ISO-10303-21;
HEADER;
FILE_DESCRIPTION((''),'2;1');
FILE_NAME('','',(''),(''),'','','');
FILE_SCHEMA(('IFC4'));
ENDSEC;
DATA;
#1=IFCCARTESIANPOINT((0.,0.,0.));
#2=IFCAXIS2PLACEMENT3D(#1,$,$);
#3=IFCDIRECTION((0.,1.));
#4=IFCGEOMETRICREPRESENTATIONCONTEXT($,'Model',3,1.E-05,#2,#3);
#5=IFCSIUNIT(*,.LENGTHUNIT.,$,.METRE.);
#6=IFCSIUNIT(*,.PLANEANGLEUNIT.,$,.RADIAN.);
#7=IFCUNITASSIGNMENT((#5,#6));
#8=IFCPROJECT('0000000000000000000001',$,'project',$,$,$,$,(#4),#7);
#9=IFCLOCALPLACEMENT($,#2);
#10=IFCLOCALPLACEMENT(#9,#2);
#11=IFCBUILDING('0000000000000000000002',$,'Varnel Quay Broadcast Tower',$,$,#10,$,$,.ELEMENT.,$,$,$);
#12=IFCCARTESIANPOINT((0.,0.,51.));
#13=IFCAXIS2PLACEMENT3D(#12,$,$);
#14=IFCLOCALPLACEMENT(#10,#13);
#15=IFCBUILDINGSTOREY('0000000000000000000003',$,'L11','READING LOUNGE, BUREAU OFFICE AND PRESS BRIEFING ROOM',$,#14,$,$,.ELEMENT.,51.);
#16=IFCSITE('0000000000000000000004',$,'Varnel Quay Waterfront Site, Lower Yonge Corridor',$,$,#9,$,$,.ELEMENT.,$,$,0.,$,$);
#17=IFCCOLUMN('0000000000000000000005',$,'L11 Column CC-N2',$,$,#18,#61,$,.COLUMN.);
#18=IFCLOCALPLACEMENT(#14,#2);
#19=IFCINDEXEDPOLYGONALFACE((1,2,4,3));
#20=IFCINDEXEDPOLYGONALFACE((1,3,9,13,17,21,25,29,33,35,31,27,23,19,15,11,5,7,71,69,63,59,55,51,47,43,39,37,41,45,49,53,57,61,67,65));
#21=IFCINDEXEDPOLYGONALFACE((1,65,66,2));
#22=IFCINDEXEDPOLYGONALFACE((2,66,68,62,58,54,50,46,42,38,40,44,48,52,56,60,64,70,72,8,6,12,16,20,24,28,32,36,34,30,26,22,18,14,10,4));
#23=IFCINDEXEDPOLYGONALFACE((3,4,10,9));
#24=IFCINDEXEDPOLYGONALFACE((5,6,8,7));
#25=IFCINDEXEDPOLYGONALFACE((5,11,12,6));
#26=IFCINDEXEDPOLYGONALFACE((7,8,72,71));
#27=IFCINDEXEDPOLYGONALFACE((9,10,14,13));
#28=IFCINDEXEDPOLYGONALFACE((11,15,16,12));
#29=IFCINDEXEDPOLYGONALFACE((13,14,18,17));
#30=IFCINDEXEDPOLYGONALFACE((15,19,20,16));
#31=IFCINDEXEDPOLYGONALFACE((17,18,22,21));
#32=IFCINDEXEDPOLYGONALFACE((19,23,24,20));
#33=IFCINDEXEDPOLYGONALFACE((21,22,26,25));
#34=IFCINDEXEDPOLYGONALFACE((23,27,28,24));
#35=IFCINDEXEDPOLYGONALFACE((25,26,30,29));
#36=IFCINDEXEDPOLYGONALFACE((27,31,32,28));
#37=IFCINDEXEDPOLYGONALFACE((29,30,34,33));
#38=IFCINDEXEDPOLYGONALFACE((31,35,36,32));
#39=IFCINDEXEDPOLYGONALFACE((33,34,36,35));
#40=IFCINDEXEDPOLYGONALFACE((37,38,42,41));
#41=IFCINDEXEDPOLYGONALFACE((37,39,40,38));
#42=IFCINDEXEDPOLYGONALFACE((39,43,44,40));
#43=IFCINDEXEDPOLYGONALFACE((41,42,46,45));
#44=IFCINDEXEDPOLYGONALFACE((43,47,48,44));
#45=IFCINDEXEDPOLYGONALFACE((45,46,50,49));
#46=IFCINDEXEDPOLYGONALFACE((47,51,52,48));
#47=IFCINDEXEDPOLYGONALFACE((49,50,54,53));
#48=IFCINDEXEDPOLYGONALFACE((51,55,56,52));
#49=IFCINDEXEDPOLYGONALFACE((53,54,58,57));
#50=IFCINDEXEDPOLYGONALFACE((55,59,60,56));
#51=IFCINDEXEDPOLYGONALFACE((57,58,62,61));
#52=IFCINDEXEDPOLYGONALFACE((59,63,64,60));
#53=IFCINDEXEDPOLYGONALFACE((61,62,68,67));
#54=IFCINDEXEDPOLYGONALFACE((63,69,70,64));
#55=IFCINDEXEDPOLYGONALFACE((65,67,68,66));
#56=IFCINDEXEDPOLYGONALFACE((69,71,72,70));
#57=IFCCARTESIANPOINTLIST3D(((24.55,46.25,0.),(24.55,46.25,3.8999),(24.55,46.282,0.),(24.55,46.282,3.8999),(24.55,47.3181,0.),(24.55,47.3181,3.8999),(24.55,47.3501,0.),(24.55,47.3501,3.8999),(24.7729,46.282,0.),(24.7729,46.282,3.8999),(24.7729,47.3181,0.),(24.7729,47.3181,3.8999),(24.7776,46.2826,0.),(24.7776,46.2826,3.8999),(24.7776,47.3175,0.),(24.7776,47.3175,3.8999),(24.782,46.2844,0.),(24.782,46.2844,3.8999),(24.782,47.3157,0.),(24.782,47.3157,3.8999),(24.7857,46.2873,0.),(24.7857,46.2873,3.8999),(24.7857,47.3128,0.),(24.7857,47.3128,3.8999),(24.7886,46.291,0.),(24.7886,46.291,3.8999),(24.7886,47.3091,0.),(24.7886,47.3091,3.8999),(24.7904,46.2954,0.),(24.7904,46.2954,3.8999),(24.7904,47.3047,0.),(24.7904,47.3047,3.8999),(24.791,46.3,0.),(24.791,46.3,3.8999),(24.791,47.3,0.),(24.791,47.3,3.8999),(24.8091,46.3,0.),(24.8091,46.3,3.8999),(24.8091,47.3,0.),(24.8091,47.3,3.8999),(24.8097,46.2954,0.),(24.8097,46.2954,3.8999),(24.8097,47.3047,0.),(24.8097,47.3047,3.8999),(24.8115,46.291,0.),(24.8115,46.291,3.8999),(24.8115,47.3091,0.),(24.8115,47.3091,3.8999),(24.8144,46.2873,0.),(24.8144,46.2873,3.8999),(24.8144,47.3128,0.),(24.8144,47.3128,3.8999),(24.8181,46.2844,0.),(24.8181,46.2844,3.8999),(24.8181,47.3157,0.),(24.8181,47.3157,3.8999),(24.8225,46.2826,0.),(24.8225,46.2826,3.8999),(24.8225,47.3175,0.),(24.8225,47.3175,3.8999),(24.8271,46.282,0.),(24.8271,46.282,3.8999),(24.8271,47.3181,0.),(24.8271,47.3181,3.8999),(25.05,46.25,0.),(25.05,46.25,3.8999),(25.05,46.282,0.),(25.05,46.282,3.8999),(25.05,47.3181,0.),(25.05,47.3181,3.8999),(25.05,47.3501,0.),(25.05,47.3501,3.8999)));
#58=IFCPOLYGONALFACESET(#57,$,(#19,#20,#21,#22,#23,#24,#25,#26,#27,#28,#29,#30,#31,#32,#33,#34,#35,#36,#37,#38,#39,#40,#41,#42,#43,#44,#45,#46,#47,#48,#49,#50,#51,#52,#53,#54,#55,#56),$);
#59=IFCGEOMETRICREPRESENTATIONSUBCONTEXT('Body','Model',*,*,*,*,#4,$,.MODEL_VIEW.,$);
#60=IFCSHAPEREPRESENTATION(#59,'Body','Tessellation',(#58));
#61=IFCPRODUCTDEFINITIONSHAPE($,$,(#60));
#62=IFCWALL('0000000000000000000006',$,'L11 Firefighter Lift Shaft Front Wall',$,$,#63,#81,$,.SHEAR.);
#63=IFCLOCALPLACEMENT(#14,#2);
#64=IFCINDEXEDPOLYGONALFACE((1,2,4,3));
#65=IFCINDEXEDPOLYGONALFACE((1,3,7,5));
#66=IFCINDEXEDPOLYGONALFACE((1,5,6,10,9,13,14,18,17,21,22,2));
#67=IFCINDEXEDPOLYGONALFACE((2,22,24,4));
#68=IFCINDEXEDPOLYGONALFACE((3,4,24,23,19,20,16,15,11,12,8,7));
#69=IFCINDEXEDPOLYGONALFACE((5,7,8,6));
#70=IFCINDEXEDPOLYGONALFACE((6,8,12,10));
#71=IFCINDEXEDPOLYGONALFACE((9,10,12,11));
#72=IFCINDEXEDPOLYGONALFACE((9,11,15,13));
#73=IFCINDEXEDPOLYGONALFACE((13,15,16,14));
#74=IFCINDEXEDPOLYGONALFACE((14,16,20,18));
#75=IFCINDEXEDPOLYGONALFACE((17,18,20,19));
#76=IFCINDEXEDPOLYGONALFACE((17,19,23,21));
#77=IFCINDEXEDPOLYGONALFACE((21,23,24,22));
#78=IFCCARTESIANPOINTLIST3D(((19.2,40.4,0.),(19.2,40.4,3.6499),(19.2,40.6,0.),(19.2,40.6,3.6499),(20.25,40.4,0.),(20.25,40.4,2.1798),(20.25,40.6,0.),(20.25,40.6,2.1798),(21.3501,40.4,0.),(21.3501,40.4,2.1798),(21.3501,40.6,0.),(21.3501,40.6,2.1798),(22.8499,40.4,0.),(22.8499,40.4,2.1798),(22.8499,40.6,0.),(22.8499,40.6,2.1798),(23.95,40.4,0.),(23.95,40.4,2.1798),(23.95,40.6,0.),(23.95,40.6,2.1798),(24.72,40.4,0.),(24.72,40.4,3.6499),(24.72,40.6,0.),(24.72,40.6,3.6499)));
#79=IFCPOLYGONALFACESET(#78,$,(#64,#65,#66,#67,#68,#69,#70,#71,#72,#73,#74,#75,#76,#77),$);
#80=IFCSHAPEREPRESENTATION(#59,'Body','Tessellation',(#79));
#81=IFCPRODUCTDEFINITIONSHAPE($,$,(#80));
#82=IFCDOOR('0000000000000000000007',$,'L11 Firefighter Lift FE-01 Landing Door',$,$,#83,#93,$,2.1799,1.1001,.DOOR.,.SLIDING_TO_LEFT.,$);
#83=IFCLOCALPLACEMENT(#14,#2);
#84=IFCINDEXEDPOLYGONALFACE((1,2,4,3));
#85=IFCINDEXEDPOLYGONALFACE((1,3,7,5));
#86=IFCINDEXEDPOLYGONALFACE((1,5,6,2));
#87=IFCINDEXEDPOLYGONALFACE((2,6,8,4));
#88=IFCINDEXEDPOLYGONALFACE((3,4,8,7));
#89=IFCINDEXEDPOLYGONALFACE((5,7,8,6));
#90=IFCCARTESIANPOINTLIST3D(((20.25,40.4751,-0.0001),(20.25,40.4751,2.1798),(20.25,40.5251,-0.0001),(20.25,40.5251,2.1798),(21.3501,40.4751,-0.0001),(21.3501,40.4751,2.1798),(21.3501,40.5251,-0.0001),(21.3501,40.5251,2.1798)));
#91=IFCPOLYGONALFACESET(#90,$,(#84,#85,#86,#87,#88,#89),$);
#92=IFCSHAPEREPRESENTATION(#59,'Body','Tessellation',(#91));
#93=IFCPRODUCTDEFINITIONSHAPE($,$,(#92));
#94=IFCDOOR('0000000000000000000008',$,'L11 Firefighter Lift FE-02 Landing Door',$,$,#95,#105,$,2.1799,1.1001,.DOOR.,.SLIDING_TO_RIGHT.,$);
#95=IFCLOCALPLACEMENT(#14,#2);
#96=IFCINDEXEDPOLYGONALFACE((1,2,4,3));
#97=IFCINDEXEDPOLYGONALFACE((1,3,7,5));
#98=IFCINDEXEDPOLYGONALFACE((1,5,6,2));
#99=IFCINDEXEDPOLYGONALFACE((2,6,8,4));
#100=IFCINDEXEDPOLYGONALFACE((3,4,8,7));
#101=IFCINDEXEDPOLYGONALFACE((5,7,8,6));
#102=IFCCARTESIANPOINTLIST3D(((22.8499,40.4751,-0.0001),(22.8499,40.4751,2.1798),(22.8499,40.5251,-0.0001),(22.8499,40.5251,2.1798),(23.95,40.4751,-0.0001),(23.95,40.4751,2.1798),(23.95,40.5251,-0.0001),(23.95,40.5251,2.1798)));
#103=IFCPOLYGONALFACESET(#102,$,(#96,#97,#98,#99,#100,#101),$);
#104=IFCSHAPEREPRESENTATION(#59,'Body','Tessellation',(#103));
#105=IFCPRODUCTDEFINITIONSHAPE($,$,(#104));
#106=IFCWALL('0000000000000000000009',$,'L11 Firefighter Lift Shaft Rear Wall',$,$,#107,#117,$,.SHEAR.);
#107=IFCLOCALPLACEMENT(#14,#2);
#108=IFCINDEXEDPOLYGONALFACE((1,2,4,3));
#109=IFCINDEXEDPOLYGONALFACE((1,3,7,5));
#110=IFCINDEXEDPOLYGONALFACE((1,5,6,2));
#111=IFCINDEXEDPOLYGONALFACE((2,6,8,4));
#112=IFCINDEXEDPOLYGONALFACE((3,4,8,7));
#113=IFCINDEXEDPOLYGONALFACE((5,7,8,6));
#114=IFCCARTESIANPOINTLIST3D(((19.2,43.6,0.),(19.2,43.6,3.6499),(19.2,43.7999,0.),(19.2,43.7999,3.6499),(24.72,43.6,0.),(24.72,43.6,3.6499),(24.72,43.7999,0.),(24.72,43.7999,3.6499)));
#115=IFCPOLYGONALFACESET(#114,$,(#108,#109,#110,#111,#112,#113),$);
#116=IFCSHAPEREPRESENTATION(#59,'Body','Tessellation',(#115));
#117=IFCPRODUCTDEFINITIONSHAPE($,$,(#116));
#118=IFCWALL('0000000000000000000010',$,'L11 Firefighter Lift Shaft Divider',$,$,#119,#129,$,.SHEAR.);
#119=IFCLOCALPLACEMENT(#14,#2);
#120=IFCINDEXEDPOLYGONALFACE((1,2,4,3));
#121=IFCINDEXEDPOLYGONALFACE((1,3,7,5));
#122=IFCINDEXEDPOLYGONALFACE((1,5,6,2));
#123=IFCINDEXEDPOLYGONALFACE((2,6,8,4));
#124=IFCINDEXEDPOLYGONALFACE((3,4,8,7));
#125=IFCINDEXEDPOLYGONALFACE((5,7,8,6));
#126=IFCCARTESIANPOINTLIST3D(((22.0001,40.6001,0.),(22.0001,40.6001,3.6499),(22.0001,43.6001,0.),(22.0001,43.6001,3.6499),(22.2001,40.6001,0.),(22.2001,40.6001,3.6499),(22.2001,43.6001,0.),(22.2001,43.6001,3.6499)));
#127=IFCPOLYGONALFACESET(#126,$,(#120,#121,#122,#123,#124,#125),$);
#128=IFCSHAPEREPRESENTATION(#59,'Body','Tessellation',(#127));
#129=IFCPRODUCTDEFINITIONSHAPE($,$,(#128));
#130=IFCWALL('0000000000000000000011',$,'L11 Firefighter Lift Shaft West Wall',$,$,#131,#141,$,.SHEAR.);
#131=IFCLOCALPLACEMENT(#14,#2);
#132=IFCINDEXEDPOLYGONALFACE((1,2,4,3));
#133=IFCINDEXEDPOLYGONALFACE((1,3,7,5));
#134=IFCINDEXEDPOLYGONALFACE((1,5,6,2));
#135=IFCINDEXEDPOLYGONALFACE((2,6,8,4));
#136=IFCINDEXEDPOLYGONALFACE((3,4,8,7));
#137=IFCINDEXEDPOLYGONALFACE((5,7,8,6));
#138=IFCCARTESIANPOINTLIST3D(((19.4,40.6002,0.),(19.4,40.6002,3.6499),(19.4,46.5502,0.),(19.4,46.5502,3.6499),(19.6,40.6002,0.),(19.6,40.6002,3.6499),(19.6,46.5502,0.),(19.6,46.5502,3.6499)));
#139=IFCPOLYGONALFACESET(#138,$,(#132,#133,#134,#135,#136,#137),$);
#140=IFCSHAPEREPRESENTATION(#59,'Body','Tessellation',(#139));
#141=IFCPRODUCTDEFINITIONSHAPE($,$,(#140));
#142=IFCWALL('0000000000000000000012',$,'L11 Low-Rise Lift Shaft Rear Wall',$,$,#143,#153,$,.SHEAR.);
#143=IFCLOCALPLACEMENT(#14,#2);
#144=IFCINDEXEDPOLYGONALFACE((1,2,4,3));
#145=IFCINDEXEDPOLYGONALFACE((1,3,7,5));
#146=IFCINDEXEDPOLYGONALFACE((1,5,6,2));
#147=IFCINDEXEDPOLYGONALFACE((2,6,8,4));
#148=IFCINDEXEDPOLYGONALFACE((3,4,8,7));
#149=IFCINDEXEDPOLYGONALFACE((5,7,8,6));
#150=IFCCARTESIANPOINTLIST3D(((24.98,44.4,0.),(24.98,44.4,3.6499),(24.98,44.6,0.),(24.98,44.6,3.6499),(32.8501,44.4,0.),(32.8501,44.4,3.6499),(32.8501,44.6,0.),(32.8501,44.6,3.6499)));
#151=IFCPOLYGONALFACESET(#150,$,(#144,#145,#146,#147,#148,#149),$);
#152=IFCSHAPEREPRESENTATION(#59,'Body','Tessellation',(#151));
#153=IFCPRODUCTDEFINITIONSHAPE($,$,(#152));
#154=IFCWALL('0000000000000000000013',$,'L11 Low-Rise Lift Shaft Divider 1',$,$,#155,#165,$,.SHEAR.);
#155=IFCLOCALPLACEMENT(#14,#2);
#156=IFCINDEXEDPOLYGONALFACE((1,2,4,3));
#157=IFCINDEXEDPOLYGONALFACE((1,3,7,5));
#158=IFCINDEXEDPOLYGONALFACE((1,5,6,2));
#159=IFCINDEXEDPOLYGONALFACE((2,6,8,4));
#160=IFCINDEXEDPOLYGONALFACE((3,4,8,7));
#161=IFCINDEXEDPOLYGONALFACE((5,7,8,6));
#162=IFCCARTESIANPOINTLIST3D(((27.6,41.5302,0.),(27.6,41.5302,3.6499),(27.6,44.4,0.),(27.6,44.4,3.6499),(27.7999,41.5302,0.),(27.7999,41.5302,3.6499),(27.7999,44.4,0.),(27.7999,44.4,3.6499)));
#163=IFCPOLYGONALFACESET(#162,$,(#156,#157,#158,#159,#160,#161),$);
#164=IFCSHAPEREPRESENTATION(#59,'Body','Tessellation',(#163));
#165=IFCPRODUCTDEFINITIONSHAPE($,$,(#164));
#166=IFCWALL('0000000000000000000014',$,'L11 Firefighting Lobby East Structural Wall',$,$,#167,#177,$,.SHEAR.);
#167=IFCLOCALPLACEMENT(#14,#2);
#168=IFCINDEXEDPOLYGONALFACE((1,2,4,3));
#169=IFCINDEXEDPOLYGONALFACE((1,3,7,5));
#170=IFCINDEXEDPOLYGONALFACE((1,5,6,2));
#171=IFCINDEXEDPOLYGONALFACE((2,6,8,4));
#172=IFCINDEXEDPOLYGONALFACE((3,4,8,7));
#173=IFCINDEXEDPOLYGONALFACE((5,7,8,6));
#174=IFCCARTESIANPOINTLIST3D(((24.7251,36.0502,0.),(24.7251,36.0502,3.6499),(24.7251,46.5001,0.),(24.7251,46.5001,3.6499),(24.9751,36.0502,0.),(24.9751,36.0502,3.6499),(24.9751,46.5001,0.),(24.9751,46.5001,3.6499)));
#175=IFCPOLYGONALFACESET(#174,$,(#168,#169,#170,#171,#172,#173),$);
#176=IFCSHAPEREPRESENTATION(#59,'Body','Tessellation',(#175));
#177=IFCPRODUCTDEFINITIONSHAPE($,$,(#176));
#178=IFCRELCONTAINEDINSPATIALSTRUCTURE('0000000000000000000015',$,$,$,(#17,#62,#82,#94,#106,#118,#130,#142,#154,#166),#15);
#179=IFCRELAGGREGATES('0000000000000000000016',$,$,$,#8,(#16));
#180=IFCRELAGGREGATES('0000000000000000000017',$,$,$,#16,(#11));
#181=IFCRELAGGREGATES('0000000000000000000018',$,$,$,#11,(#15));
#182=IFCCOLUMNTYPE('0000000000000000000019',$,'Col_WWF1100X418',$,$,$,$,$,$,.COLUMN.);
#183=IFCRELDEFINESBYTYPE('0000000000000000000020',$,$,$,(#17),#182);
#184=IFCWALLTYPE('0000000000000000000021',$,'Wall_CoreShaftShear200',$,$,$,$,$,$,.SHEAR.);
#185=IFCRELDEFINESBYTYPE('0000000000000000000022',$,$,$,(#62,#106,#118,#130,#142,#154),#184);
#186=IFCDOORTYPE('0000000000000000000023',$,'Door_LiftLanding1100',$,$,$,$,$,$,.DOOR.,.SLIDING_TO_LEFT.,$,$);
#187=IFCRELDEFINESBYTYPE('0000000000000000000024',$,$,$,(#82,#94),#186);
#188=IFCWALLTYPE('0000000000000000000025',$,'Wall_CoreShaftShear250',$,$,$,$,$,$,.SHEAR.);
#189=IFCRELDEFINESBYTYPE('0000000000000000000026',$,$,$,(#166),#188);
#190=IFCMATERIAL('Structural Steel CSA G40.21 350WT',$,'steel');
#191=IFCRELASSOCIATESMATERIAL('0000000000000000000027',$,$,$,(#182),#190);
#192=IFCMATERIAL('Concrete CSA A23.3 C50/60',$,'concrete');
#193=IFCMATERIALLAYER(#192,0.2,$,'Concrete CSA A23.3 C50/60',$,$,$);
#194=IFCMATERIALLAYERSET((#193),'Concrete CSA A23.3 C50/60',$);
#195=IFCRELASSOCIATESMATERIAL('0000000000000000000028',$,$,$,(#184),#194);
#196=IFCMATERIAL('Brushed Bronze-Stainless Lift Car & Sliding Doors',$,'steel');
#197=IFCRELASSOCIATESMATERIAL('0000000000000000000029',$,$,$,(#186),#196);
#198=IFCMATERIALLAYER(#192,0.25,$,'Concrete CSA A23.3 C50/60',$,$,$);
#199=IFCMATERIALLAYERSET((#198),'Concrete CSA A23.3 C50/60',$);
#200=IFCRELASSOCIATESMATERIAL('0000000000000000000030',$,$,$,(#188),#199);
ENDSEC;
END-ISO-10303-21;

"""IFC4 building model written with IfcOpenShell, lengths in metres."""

from ifc_helpers import new_model, si_unit, direction, frame, frame_2d, origin, origin_2d, place, context, subcontext, project, spatial, rectangle, i_section, extrude, source, transform, mapped, material, layer, layer_set, material_profile, profile_set, type_object, type_shapes, element, fill, save


model = new_model("IFC4")

# Units and contexts
model_context = context("Model", 3, precision=1e-05, world=origin(), true_north=direction((0.0, 1.0)))
body_context = subcontext(model_context, "Body", "Model", "MODEL_VIEW")
ifc_project = project(units=[si_unit("LENGTHUNIT", "METRE"), si_unit("PLANEANGLEUNIT", "RADIAN")], contexts=[model_context])

# Site, building, storey
site_placement = place(None, origin())
site = spatial("IfcSite", under=ifc_project, at=site_placement, Name="Varnel Quay Waterfront Site, Lower Yonge Corridor", CompositionType="ELEMENT", RefElevation=0.0)
building_placement = place(site_placement, origin())
building = spatial("IfcBuilding", under=site, at=building_placement, Name="Varnel Quay Broadcast Tower", CompositionType="ELEMENT")
storey_placement = place(building_placement, frame((0.0, 0.0, 51.0)))
storey = spatial("IfcBuildingStorey", under=building, at=storey_placement, Name="L11", Description="READING LOUNGE, BUREAU OFFICE AND PRESS BRIEFING ROOM", CompositionType="ELEMENT", Elevation=51.0)

# Column
ifc_material_1 = material(Name="Structural Steel CSA G40.21 350WT", Category="steel")
ifc_material_profile = material_profile(ifc_material_1, i_section(OverallWidth=0.5, OverallDepth=1.1001, WebThickness=0.0181, FlangeThickness=0.032, FilletRadius=0.0181, at=origin_2d()), Name="WWF1100X418")
ifc_profile_set = profile_set([ifc_material_profile], Name="Structural Steel CSA G40.21 350WT")
column_type = type_object("IfcColumnType", Name="Col_WWF1100X418", PredefinedType="COLUMN", material=ifc_profile_set)
shared_shape_1 = source(origin(), body_context, "Body", "SweptSolid", [
    extrude(i_section(OverallWidth=0.5, OverallDepth=1.1001, WebThickness=0.0181, FlangeThickness=0.032, FilletRadius=0.0181, at=origin_2d()), origin(), (0.0, 0.0, 1.0), 3.8999),
])
type_shapes(column_type, [shared_shape_1])
column_placement = place(storey_placement, frame((24.8, 46.8, 0.0), z_axis=(0.0, 0.0, 1.0), x_axis=(1.0, 0.0, 0.0)))
element("IfcColumn", 1, at=column_placement, inside=storey, type_object=column_type, Name="L11 Column CC-N2", PredefinedType="COLUMN", context=body_context, shape_type="MappedRepresentation", body=[
    mapped(shared_shape_1, transform((0.0, 0.0, 0.0), x_axis=(1.0, 0.0, 0.0), y_axis=(0.0, 1.0, 0.0), z_axis=(0.0, 0.0, 1.0), scale=1.0)),
])

# Wall, openings, doors
ifc_material_2 = material(Name="Concrete CSA A23.3 C50/60", Category="concrete")
ifc_layer_1 = layer(ifc_material_2, 0.2, Name="Concrete CSA A23.3 C50/60")
ifc_layer_set_1 = layer_set([ifc_layer_1], Name="Concrete CSA A23.3 C50/60")
wall_type_1 = type_object("IfcWallType", Name="Wall_CoreShaftShear200", PredefinedType="SHEAR", material=ifc_layer_set_1)
wall_1_placement = place(storey_placement, frame((19.2, 40.5, 0.0), z_axis=(0.0, 0.0, 1.0), x_axis=(1.0, 0.0, 0.0)))
wall_1 = element("IfcWall", 2, at=wall_1_placement, inside=storey, type_object=wall_type_1, Name="L11 Firefighter Lift Shaft Front Wall", PredefinedType="SHEAR", context=body_context, shape_type="SweptSolid", body=[
    extrude(rectangle(XDim=5.52, YDim=0.2, at=frame_2d((2.76, 0.0))), origin(), (0.0, 0.0, 1.0), 3.6499),
])
opening_1_placement = place(wall_1_placement, frame((1.05, 0.0, 0.0)))
opening_1 = element("IfcOpeningElement", 3, at=opening_1_placement, cuts=wall_1, PredefinedType="OPENING", context=body_context, shape_type="SweptSolid", body=[
    extrude(rectangle(XDim=1.1001, YDim=2.1799, at=frame_2d((0.55, 1.0898))), frame((0.0, 0.1099, 0.0), z_axis=(0.0, -1.0, 0.0), x_axis=(1.0, 0.0, 0.0)), (0.0, 0.0, 1.0), 0.22),
])
opening_2_placement = place(wall_1_placement, frame((3.6499, 0.0, 0.0)))
opening_2 = element("IfcOpeningElement", 4, at=opening_2_placement, cuts=wall_1, PredefinedType="OPENING", context=body_context, shape_type="SweptSolid", body=[
    extrude(rectangle(XDim=1.1001, YDim=2.1799, at=frame_2d((0.55, 1.0898))), frame((0.0, 0.1099, 0.0), z_axis=(0.0, -1.0, 0.0), x_axis=(1.0, 0.0, 0.0)), (0.0, 0.0, 1.0), 0.22),
])
ifc_material_3 = material(Name="Brushed Bronze-Stainless Lift Car & Sliding Doors", Category="steel")
door_type = type_object("IfcDoorType", Name="Door_LiftLanding1100", OperationType="SLIDING_TO_LEFT", PredefinedType="DOOR", material=ifc_material_3)
shared_shape_2 = source(origin(), body_context, "Body", "SweptSolid", [
    extrude(rectangle(XDim=1.1001, YDim=2.1799, at=frame_2d((0.55, 1.0898))), frame((0.0, 0.0249, 0.0), z_axis=(0.0, -1.0, 0.0), x_axis=(1.0, 0.0, 0.0)), (0.0, 0.0, 1.0), 0.05),
])
type_shapes(door_type, [shared_shape_2])
door_1_placement = place(opening_1_placement, frame((1.1001, 0.0, 0.0), z_axis=(0.0, 0.0, 1.0), x_axis=(-1.0, 0.0, 0.0)))
door_1 = element("IfcDoor", 5, at=door_1_placement, inside=storey, type_object=door_type, Name="L11 Firefighter Lift FE-01 Landing Door", OperationType="SLIDING_TO_LEFT", OverallHeight=2.1799, OverallWidth=1.1001, PredefinedType="DOOR", context=body_context, shape_type="MappedRepresentation", body=[
    mapped(shared_shape_2, transform((0.0, 0.0, 0.0), x_axis=(1.0, 0.0, 0.0), y_axis=(0.0, 1.0, 0.0), z_axis=(0.0, 0.0, 1.0), scale=1.0)),
])
fill(opening_1, door_1)
door_2_placement = place(opening_2_placement, frame((1.1001, 0.0, 0.0), z_axis=(0.0, 0.0, 1.0), x_axis=(-1.0, 0.0, 0.0)))
door_2 = element("IfcDoor", 6, at=door_2_placement, inside=storey, type_object=door_type, Name="L11 Firefighter Lift FE-02 Landing Door", OperationType="SLIDING_TO_RIGHT", OverallHeight=2.1799, OverallWidth=1.1001, PredefinedType="DOOR", context=body_context, shape_type="MappedRepresentation", body=[
    mapped(shared_shape_2, transform((0.0, 0.0, 0.0), x_axis=(1.0, 0.0, 0.0), y_axis=(0.0, 1.0, 0.0), z_axis=(0.0, 0.0, 1.0), scale=1.0)),
])
fill(opening_2, door_2)

# Walls
wall_2_placement = place(storey_placement, frame((19.2, 43.7, 0.0), z_axis=(0.0, 0.0, 1.0), x_axis=(1.0, 0.0, 0.0)))
element("IfcWall", 7, at=wall_2_placement, inside=storey, type_object=wall_type_1, Name="L11 Firefighter Lift Shaft Rear Wall", PredefinedType="SHEAR", context=body_context, shape_type="SweptSolid", body=[
    extrude(rectangle(XDim=5.52, YDim=0.2, at=frame_2d((2.76, 0.0))), origin(), (0.0, 0.0, 1.0), 3.6499),
])
wall_3_placement = place(storey_placement, frame((22.1001, 40.6001, 0.0), z_axis=(0.0, 0.0, 1.0), x_axis=(0.0, 1.0, 0.0)))
element("IfcWall", 8, at=wall_3_placement, inside=storey, type_object=wall_type_1, Name="L11 Firefighter Lift Shaft Divider", PredefinedType="SHEAR", context=body_context, shape_type="SweptSolid", body=[
    extrude(rectangle(XDim=3.0, YDim=0.2, at=frame_2d((1.5, 0.0))), origin(), (0.0, 0.0, 1.0), 3.6499),
])
wall_4_placement = place(storey_placement, frame((19.5, 40.6001, 0.0), z_axis=(0.0, 0.0, 1.0), x_axis=(0.0, 1.0, 0.0)))
element("IfcWall", 9, at=wall_4_placement, inside=storey, type_object=wall_type_1, Name="L11 Firefighter Lift Shaft West Wall", PredefinedType="SHEAR", context=body_context, shape_type="SweptSolid", body=[
    extrude(rectangle(XDim=5.95, YDim=0.2, at=frame_2d((2.9751, 0.0))), origin(), (0.0, 0.0, 1.0), 3.6499),
])
wall_5_placement = place(storey_placement, frame((24.98, 44.5, 0.0), z_axis=(0.0, 0.0, 1.0), x_axis=(1.0, 0.0, 0.0)))
element("IfcWall", 10, at=wall_5_placement, inside=storey, type_object=wall_type_1, Name="L11 Low-Rise Lift Shaft Rear Wall", PredefinedType="SHEAR", context=body_context, shape_type="SweptSolid", body=[
    extrude(rectangle(XDim=7.8701, YDim=0.2, at=frame_2d((3.9351, 0.0))), origin(), (0.0, 0.0, 1.0), 3.6499),
])
wall_6_placement = place(storey_placement, frame((27.7, 41.53, 0.0), z_axis=(0.0, 0.0, 1.0), x_axis=(0.0, 1.0, 0.0)))
element("IfcWall", 11, at=wall_6_placement, inside=storey, type_object=wall_type_1, Name="L11 Low-Rise Lift Shaft Divider 1", PredefinedType="SHEAR", context=body_context, shape_type="SweptSolid", body=[
    extrude(rectangle(XDim=2.8699, YDim=0.2, at=frame_2d((1.4351, 0.0))), origin(), (0.0, 0.0, 1.0), 3.6499),
])
ifc_layer_2 = layer(ifc_material_2, 0.25, Name="Concrete CSA A23.3 C50/60")
ifc_layer_set_2 = layer_set([ifc_layer_2], Name="Concrete CSA A23.3 C50/60")
wall_type_2 = type_object("IfcWallType", Name="Wall_CoreShaftShear250", PredefinedType="SHEAR", material=ifc_layer_set_2)
wall_7_placement = place(storey_placement, frame((24.8501, 36.05, 0.0), z_axis=(0.0, 0.0, 1.0), x_axis=(0.0, 1.0, 0.0)))
element("IfcWall", 12, at=wall_7_placement, inside=storey, type_object=wall_type_2, Name="L11 Firefighting Lobby East Structural Wall", PredefinedType="SHEAR", context=body_context, shape_type="SweptSolid", body=[
    extrude(rectangle(XDim=10.45, YDim=0.25, at=frame_2d((5.2251, 0.0))), origin(), (0.0, 0.0, 1.0), 3.6499),
])

save(model, "model.ifc")
